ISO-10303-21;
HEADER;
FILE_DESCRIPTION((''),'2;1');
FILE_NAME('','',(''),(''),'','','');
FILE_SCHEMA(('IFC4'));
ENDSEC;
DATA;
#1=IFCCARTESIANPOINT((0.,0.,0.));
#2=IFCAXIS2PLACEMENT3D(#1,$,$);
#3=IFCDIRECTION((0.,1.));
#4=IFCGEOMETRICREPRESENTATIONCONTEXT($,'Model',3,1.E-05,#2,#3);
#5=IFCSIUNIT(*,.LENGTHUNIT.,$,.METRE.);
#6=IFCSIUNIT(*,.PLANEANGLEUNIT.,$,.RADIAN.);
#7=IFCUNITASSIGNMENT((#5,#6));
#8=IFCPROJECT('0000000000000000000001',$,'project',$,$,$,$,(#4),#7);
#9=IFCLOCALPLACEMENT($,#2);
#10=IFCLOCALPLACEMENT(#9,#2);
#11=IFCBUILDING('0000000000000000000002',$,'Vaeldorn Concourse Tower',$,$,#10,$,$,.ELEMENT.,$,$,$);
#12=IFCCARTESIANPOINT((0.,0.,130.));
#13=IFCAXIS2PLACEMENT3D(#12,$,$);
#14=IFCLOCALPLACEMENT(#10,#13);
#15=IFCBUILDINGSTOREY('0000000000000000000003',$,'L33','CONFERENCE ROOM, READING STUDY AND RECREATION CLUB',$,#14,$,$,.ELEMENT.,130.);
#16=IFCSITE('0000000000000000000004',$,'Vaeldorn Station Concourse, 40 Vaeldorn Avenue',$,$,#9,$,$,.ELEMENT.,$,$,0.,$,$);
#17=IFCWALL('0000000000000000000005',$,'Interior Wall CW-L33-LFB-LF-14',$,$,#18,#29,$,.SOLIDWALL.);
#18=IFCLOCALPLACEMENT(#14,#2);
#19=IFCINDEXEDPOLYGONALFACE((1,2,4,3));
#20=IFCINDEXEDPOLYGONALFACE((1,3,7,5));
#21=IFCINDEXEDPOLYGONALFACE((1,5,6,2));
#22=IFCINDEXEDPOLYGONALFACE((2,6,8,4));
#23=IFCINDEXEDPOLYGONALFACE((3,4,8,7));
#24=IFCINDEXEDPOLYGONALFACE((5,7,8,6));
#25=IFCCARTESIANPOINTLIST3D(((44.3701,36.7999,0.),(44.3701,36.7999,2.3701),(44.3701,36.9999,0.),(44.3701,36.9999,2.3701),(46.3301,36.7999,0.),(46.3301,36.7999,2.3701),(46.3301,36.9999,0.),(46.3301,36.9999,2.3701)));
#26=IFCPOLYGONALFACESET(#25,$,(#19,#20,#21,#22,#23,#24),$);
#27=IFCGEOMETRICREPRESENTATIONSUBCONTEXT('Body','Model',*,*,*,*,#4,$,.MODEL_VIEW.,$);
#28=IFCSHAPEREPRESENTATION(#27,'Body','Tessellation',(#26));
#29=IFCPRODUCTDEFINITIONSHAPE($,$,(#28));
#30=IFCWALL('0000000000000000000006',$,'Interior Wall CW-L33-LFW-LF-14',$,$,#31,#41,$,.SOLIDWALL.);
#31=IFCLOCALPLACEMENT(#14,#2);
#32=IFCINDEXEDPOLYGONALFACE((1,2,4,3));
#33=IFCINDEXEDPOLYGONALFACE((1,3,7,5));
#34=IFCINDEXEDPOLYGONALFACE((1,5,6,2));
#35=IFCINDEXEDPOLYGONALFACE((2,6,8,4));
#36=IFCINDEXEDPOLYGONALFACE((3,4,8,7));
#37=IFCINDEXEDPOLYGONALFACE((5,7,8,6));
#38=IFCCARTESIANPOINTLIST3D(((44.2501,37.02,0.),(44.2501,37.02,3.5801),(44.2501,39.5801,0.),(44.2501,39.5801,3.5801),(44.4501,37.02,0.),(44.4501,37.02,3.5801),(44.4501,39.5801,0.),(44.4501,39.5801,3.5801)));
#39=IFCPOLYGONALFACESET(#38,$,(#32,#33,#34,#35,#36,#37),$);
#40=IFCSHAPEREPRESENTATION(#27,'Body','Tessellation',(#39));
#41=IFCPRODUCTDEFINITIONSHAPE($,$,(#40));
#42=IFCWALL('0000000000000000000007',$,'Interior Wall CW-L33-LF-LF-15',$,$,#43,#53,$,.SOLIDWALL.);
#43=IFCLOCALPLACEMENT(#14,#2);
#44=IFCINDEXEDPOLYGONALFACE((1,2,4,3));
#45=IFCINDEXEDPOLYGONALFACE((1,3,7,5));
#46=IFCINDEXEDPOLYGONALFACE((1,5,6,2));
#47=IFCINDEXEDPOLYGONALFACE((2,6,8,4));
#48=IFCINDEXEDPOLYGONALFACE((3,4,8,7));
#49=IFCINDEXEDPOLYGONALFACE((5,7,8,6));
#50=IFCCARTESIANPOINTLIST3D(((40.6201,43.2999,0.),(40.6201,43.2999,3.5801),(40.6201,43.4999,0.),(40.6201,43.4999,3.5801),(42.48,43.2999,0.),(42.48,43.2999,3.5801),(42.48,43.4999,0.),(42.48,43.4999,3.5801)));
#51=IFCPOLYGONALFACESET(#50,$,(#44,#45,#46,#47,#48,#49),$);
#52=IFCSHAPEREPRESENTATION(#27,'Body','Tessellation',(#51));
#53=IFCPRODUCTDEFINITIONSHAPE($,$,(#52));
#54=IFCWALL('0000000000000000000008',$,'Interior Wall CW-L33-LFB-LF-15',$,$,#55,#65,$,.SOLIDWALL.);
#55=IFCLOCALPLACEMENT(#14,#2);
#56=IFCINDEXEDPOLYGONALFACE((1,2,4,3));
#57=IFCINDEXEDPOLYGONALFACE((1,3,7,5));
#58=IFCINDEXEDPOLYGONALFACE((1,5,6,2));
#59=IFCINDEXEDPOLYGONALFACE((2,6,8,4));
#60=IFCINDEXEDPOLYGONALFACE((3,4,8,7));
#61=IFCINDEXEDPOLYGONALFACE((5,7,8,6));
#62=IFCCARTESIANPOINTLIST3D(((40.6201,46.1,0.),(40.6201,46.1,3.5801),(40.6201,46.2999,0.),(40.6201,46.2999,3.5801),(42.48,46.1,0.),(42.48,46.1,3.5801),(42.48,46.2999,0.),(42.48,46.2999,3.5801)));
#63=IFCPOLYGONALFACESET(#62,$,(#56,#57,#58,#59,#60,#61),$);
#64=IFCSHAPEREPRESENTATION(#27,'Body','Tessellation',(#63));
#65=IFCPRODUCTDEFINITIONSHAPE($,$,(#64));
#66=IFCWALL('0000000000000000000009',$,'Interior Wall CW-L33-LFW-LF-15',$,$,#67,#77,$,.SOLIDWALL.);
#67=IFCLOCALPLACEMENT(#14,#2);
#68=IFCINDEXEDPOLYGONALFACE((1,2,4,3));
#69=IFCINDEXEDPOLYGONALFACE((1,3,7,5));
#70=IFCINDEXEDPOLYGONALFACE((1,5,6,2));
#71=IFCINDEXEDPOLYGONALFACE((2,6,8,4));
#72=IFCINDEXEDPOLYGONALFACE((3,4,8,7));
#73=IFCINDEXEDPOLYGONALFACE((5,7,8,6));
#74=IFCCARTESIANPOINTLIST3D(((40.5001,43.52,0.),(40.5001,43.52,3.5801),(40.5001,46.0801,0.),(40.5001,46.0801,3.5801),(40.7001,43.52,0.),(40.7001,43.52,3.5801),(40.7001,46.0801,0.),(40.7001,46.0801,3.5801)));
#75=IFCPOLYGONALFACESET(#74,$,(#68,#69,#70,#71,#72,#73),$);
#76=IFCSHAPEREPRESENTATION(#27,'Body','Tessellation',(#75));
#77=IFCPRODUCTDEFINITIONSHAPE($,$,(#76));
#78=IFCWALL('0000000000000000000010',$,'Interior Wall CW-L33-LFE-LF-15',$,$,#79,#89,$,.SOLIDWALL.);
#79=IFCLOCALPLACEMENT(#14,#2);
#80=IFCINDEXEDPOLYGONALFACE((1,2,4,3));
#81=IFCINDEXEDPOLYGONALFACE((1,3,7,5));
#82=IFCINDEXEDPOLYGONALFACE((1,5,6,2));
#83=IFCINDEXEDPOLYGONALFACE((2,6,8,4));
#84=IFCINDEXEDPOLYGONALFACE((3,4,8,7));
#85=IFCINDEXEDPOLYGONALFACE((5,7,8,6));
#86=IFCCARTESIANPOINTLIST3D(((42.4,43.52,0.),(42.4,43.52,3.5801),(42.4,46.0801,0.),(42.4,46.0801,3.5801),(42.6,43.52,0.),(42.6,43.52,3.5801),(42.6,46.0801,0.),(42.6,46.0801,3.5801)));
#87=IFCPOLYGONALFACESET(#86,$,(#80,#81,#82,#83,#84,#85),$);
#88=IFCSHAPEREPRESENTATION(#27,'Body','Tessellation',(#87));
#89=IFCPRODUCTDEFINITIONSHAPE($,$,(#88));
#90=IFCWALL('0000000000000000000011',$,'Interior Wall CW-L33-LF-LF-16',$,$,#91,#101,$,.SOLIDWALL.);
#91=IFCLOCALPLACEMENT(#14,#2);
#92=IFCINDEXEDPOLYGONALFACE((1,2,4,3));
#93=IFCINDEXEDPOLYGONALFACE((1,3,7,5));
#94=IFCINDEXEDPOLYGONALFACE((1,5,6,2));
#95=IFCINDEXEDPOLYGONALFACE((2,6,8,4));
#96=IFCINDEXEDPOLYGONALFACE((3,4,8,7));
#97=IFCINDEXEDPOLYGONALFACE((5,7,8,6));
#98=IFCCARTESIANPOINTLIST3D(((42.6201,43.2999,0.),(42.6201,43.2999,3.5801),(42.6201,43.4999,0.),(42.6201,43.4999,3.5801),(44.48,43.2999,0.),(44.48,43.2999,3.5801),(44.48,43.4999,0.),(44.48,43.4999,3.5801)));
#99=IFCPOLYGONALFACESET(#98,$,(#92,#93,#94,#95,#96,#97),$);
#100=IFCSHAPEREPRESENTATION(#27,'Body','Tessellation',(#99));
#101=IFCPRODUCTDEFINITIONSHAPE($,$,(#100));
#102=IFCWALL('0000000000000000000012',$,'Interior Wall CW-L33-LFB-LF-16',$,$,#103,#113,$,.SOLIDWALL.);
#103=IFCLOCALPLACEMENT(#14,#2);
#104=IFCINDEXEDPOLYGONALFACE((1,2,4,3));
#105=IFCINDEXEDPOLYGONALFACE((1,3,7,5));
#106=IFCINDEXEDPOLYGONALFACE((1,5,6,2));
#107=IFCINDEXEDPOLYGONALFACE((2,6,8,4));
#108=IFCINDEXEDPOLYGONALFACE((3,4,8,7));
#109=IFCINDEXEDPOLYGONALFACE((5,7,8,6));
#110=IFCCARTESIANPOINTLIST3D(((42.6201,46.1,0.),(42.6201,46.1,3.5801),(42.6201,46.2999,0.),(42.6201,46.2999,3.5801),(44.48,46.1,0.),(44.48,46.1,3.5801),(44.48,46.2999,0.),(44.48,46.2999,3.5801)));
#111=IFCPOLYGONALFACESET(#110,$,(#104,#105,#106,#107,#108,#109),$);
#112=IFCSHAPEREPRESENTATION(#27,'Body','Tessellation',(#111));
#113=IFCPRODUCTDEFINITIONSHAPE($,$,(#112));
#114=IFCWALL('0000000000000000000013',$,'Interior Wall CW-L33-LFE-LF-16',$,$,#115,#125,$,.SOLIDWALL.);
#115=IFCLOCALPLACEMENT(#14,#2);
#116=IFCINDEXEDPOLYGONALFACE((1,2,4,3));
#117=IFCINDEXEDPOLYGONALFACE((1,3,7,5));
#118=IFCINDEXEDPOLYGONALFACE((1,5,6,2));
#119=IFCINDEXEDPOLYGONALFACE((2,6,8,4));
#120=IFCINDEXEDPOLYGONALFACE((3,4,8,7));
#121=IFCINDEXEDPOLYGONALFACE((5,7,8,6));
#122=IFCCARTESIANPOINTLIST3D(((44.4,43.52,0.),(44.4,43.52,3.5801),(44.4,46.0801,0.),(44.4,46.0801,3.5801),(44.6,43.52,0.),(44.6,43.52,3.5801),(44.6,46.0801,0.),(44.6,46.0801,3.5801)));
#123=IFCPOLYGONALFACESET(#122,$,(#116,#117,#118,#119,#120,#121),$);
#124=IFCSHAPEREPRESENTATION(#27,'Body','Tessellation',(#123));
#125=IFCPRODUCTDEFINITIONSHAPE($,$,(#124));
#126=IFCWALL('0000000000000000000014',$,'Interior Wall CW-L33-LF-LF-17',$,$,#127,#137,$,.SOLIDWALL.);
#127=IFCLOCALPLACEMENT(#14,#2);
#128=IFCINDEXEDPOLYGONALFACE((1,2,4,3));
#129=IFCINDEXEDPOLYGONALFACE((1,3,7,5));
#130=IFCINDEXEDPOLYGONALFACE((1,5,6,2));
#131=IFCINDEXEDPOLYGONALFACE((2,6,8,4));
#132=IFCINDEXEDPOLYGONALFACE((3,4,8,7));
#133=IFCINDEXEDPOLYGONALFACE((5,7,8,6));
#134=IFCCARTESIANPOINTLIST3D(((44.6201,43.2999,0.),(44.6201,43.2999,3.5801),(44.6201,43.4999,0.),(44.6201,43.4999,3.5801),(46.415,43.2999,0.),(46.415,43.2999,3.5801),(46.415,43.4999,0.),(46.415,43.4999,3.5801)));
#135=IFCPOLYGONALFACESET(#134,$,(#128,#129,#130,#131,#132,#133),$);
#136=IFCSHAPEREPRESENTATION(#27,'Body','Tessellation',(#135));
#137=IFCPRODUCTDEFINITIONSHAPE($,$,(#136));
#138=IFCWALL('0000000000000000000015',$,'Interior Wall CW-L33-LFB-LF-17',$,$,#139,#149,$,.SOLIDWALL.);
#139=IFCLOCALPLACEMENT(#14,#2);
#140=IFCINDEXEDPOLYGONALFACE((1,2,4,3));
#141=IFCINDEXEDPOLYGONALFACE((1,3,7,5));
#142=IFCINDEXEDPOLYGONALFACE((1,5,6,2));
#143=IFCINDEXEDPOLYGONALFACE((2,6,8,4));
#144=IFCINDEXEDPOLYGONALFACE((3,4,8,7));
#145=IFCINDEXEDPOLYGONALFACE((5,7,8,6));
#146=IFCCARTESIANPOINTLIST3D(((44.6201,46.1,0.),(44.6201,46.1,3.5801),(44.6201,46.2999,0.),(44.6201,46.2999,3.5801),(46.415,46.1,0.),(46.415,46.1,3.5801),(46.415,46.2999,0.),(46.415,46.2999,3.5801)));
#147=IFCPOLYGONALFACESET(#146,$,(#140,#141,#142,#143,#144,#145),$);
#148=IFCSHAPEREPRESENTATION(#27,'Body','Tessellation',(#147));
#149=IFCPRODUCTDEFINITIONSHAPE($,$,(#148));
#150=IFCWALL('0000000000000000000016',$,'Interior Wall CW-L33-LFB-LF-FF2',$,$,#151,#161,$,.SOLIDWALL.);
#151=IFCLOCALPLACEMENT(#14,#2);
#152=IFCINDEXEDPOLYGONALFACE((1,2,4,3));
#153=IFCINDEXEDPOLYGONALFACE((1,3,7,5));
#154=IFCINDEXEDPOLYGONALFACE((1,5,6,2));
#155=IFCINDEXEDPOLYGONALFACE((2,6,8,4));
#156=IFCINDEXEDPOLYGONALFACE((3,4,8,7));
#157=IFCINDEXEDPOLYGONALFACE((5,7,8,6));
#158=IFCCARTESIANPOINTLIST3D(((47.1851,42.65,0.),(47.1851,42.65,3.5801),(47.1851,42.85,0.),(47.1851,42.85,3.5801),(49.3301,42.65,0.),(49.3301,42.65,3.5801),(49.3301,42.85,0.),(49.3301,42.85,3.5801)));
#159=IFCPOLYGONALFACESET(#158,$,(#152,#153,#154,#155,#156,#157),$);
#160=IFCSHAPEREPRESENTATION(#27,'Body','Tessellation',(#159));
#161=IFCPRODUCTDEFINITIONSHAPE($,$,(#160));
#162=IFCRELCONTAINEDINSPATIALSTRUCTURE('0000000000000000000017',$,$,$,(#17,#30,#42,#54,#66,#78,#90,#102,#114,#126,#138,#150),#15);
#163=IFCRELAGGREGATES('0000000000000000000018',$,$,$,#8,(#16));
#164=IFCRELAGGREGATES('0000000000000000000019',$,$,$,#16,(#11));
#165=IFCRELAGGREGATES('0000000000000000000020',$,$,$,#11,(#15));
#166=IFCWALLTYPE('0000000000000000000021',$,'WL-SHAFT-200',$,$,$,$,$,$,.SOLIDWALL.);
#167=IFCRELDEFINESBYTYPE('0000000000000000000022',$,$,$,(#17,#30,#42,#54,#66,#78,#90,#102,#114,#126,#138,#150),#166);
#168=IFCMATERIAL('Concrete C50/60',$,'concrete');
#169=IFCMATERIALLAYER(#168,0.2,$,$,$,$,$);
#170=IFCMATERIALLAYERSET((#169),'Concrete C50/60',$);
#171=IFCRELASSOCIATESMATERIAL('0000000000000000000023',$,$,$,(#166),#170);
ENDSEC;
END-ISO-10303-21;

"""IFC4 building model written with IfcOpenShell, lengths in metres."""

from ifc_helpers import new_model, si_unit, direction, frame, frame_2d, origin, place, context, subcontext, project, spatial, rectangle, extrude, material, layer, layer_set, type_object, element, save


model = new_model("IFC4")

# Units and contexts
model_context = context("Model", 3, precision=1e-05, world=origin(), true_north=direction((0.0, 1.0)))
body_context = subcontext(model_context, "Body", "Model", "MODEL_VIEW")
ifc_project = project(units=[si_unit("LENGTHUNIT", "METRE"), si_unit("PLANEANGLEUNIT", "RADIAN")], contexts=[model_context])

# Site, building, storey
site_placement = place(None, origin())
site = spatial("IfcSite", under=ifc_project, at=site_placement, Name="Vaeldorn Station Concourse, 40 Vaeldorn Avenue", CompositionType="ELEMENT", RefElevation=0.0)
building_placement = place(site_placement, origin())
building = spatial("IfcBuilding", under=site, at=building_placement, Name="Vaeldorn Concourse Tower", CompositionType="ELEMENT")
storey_placement = place(building_placement, frame((0.0, 0.0, 130.0)))
storey = spatial("IfcBuildingStorey", under=building, at=storey_placement, Name="L33", Description="CONFERENCE ROOM, READING STUDY AND RECREATION CLUB", CompositionType="ELEMENT", Elevation=130.0)

# Shared definitions
ifc_material_1 = material(Name="Concrete C50/60", Category="concrete")
ifc_layer_1 = layer(ifc_material_1, 0.2)
ifc_layer_set_1 = layer_set([ifc_layer_1], Name="Concrete C50/60")
wall_type_1 = type_object("IfcWallType", Name="WL-SHAFT-200", PredefinedType="SOLIDWALL", material=ifc_layer_set_1)

# Walls
wall_1_placement = place(storey_placement, frame((44.3701, 36.8999, 0.0), z_axis=(0.0, 0.0, 1.0), x_axis=(1.0, 0.0, 0.0)))
element("IfcWall", 1, at=wall_1_placement, inside=storey, type_object=wall_type_1, Name="Interior Wall CW-L33-LFB-LF-14", PredefinedType="SOLIDWALL", context=body_context, shape_type="SweptSolid", body=[
    extrude(rectangle(XDim=1.96, YDim=0.2, at=frame_2d((0.98, 0.0))), origin(), (0.0, 0.0, 1.0), 2.3701),
])
wall_2_placement = place(storey_placement, frame((44.3501, 37.02, 0.0), z_axis=(0.0, 0.0, 1.0), x_axis=(0.0, 1.0, 0.0)))
element("IfcWall", 2, at=wall_2_placement, inside=storey, type_object=wall_type_1, Name="Interior Wall CW-L33-LFW-LF-14", PredefinedType="SOLIDWALL", context=body_context, shape_type="SweptSolid", body=[
    extrude(rectangle(XDim=2.5601, YDim=0.2, at=frame_2d((1.28, 0.0))), origin(), (0.0, 0.0, 1.0), 3.5801),
])
for number, where, z_axis, x_axis, name in (
    (3, (40.6201, 43.3999, 0.0), (0.0, 0.0, 1.0), (1.0, 0.0, 0.0), "Interior Wall CW-L33-LF-LF-15"),
    (4, (40.6201, 46.2, 0.0), (0.0, 0.0, 1.0), (1.0, 0.0, 0.0), "Interior Wall CW-L33-LFB-LF-15"),
):
    element("IfcWall", number, at=place(storey_placement, frame(where, z_axis=z_axis, x_axis=x_axis)), inside=storey, type_object=wall_type_1, Name=name, PredefinedType="SOLIDWALL", context=body_context, shape_type="SweptSolid", body=[
        extrude(rectangle(XDim=1.8599, YDim=0.2, at=frame_2d((0.9299, 0.0))), origin(), (0.0, 0.0, 1.0), 3.5801),
    ])
for number, where, z_axis, x_axis, name in (
    (5, (40.6001, 43.52, 0.0), (0.0, 0.0, 1.0), (0.0, 1.0, 0.0), "Interior Wall CW-L33-LFW-LF-15"),
    (6, (42.5, 43.52, 0.0), (0.0, 0.0, 1.0), (0.0, 1.0, 0.0), "Interior Wall CW-L33-LFE-LF-15"),
):
    element("IfcWall", number, at=place(storey_placement, frame(where, z_axis=z_axis, x_axis=x_axis)), inside=storey, type_object=wall_type_1, Name=name, PredefinedType="SOLIDWALL", context=body_context, shape_type="SweptSolid", body=[
        extrude(rectangle(XDim=2.5601, YDim=0.2, at=frame_2d((1.28, 0.0))), origin(), (0.0, 0.0, 1.0), 3.5801),
    ])
for number, where, z_axis, x_axis, name in (
    (7, (42.6201, 43.3999, 0.0), (0.0, 0.0, 1.0), (1.0, 0.0, 0.0), "Interior Wall CW-L33-LF-LF-16"),
    (8, (42.6201, 46.2, 0.0), (0.0, 0.0, 1.0), (1.0, 0.0, 0.0), "Interior Wall CW-L33-LFB-LF-16"),
):
    element("IfcWall", number, at=place(storey_placement, frame(where, z_axis=z_axis, x_axis=x_axis)), inside=storey, type_object=wall_type_1, Name=name, PredefinedType="SOLIDWALL", context=body_context, shape_type="SweptSolid", body=[
        extrude(rectangle(XDim=1.8599, YDim=0.2, at=frame_2d((0.9299, 0.0))), origin(), (0.0, 0.0, 1.0), 3.5801),
    ])
wall_3_placement = place(storey_placement, frame((44.5, 43.52, 0.0), z_axis=(0.0, 0.0, 1.0), x_axis=(0.0, 1.0, 0.0)))
element("IfcWall", 9, at=wall_3_placement, inside=storey, type_object=wall_type_1, Name="Interior Wall CW-L33-LFE-LF-16", PredefinedType="SOLIDWALL", context=body_context, shape_type="SweptSolid", body=[
    extrude(rectangle(XDim=2.5601, YDim=0.2, at=frame_2d((1.28, 0.0))), origin(), (0.0, 0.0, 1.0), 3.5801),
])
for number, where, z_axis, x_axis, name in (
    (10, (44.6201, 43.3999, 0.0), (0.0, 0.0, 1.0), (1.0, 0.0, 0.0), "Interior Wall CW-L33-LF-LF-17"),
    (11, (44.6201, 46.2, 0.0), (0.0, 0.0, 1.0), (1.0, 0.0, 0.0), "Interior Wall CW-L33-LFB-LF-17"),
):
    element("IfcWall", number, at=place(storey_placement, frame(where, z_axis=z_axis, x_axis=x_axis)), inside=storey, type_object=wall_type_1, Name=name, PredefinedType="SOLIDWALL", context=body_context, shape_type="SweptSolid", body=[
        extrude(rectangle(XDim=1.7949, YDim=0.2, at=frame_2d((0.8975, 0.0))), origin(), (0.0, 0.0, 1.0), 3.5801),
    ])

# Wall
wall_4_placement = place(storey_placement, frame((47.1851, 42.75, 0.0), z_axis=(0.0, 0.0, 1.0), x_axis=(1.0, 0.0, 0.0)))
element("IfcWall", 12, at=wall_4_placement, inside=storey, type_object=wall_type_1, Name="Interior Wall CW-L33-LFB-LF-FF2", PredefinedType="SOLIDWALL", context=body_context, shape_type="SweptSolid", body=[
    extrude(rectangle(XDim=2.145, YDim=0.2, at=frame_2d((1.0725, 0.0))), origin(), (0.0, 0.0, 1.0), 3.5801),
])

save(model, "model.ifc")
